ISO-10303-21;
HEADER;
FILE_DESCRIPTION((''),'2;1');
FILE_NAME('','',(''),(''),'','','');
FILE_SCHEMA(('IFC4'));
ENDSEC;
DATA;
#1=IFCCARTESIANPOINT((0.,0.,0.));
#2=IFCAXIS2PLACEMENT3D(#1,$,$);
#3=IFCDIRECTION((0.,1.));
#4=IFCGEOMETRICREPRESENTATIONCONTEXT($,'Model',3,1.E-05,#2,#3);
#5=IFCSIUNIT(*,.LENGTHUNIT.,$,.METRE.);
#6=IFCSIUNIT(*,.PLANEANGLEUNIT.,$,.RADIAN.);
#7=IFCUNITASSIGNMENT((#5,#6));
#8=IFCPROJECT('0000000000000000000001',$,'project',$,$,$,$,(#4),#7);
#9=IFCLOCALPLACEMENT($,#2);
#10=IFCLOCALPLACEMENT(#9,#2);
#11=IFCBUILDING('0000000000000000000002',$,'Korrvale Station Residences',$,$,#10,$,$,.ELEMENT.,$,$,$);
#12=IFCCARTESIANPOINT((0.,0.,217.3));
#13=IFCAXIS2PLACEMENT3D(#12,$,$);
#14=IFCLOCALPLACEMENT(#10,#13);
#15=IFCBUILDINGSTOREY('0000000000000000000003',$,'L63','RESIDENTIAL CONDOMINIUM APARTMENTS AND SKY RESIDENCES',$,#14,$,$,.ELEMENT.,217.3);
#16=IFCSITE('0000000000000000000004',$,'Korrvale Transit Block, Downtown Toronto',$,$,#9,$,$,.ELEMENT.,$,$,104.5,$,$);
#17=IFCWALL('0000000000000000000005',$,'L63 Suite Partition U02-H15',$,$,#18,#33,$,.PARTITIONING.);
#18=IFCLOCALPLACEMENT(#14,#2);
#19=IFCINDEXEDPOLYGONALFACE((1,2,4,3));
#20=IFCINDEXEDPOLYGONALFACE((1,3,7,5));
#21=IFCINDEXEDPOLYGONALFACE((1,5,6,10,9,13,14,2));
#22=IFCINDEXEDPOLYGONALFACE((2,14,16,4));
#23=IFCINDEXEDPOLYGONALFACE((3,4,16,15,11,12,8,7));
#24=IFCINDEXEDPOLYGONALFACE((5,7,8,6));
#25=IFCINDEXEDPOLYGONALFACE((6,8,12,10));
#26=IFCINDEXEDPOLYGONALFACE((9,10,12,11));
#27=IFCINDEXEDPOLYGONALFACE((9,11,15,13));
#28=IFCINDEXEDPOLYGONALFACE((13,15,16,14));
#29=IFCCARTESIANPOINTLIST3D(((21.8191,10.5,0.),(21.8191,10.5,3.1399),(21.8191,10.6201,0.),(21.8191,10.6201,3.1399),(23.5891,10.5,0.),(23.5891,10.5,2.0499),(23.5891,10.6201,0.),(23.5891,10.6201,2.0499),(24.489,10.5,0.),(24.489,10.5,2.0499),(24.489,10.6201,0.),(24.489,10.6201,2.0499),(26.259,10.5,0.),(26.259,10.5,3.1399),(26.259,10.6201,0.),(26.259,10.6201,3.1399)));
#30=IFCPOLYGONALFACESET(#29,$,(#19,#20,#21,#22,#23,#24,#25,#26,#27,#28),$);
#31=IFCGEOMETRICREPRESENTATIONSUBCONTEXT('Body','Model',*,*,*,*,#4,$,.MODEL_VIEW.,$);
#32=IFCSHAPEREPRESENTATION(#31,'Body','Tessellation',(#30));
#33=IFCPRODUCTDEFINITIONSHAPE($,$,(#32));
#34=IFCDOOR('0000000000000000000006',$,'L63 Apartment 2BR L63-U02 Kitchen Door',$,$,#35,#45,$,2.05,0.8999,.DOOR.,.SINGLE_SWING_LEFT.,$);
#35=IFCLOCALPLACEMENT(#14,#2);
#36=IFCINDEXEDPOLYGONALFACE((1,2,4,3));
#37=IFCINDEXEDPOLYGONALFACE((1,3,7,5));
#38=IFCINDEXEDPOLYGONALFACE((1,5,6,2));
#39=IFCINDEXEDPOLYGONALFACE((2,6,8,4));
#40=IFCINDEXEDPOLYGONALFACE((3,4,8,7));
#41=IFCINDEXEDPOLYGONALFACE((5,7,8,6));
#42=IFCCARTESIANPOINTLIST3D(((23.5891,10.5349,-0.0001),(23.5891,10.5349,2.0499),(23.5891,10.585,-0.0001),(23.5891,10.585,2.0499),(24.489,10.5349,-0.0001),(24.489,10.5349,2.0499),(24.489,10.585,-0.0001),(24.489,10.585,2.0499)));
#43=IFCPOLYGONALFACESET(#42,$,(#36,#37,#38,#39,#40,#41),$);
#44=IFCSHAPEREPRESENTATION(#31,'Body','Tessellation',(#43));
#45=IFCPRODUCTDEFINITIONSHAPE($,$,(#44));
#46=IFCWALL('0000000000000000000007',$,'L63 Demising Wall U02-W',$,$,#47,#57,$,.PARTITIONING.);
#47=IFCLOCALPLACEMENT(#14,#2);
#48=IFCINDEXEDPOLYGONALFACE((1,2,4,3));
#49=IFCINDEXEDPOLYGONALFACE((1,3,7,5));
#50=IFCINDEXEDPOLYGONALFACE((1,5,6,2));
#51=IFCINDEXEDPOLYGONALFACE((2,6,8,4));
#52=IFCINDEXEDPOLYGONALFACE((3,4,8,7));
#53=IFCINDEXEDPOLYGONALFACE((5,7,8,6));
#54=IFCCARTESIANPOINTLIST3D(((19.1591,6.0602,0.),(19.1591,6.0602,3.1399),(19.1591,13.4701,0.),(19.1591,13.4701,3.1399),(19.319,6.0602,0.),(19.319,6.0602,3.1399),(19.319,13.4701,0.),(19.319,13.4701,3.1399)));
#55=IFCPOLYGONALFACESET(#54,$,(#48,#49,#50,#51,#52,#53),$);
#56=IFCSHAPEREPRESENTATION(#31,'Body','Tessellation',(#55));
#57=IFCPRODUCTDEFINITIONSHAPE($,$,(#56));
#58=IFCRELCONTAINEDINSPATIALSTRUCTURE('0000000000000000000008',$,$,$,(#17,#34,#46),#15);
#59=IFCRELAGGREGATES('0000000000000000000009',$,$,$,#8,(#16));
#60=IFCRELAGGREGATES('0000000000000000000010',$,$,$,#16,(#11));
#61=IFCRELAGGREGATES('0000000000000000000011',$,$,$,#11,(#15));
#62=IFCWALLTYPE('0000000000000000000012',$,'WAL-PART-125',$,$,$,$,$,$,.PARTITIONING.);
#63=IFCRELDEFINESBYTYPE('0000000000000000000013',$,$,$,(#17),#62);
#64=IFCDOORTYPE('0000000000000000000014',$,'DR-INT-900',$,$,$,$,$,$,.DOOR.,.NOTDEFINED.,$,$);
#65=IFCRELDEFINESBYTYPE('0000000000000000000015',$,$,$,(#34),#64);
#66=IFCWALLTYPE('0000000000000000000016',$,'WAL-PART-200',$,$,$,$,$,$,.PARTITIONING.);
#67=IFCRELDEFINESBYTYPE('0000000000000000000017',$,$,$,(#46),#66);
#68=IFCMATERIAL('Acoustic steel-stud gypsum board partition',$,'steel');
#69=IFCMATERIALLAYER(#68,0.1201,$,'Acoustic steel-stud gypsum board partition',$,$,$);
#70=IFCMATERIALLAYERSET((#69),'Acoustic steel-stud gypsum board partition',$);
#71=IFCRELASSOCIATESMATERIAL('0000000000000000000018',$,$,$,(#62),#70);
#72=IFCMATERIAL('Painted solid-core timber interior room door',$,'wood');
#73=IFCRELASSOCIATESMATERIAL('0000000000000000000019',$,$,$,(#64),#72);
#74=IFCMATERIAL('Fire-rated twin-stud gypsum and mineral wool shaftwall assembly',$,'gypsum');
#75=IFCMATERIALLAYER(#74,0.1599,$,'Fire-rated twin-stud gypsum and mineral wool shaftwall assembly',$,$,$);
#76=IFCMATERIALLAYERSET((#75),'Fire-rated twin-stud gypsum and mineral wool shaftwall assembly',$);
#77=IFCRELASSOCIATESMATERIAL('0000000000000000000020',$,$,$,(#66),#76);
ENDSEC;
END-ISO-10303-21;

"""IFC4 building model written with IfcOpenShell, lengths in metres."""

from ifc_helpers import new_model, si_unit, direction, frame, frame_2d, origin, place, context, subcontext, project, spatial, rectangle, extrude, material, layer, layer_set, type_object, element, fill, save


model = new_model("IFC4")

# Units and contexts
model_context = context("Model", 3, precision=1e-05, world=origin(), true_north=direction((0.0, 1.0)))
body_context = subcontext(model_context, "Body", "Model", "MODEL_VIEW")
ifc_project = project(units=[si_unit("LENGTHUNIT", "METRE"), si_unit("PLANEANGLEUNIT", "RADIAN")], contexts=[model_context])

# Site, building, storey
site_placement = place(None, origin())
site = spatial("IfcSite", under=ifc_project, at=site_placement, Name="Korrvale Transit Block, Downtown Toronto", CompositionType="ELEMENT", RefElevation=104.5)
building_placement = place(site_placement, origin())
building = spatial("IfcBuilding", under=site, at=building_placement, Name="Korrvale Station Residences", CompositionType="ELEMENT")
storey_placement = place(building_placement, frame((0.0, 0.0, 217.3)))
storey = spatial("IfcBuildingStorey", under=building, at=storey_placement, Name="L63", Description="RESIDENTIAL CONDOMINIUM APARTMENTS AND SKY RESIDENCES", CompositionType="ELEMENT", Elevation=217.3)

# Shared definitions
ifc_material_1 = material(Name="Acoustic steel-stud gypsum board partition", Category="steel")
ifc_layer_1 = layer(ifc_material_1, 0.1201, Name="Acoustic steel-stud gypsum board partition")
ifc_layer_set_1 = layer_set([ifc_layer_1], Name="Acoustic steel-stud gypsum board partition")
wall_type_1 = type_object("IfcWallType", Name="WAL-PART-125", PredefinedType="PARTITIONING", material=ifc_layer_set_1)

# Wall, opening, door
wall_1_placement = place(storey_placement, frame((21.8191, 10.5601, 0.0), z_axis=(0.0, 0.0, 1.0), x_axis=(1.0, 0.0, 0.0)))
wall_1 = element("IfcWall", 1, at=wall_1_placement, inside=storey, type_object=wall_type_1, Name="L63 Suite Partition U02-H15", PredefinedType="PARTITIONING", context=body_context, shape_type="SweptSolid", body=[
    extrude(rectangle(XDim=4.4399, YDim=0.1201, at=frame_2d((2.22, 0.0))), origin(), (0.0, 0.0, 1.0), 3.1399),
])
opening_1_placement = place(wall_1_placement, frame((1.77, 0.0, 0.0)))
opening_1 = element("IfcOpeningElement", 2, at=opening_1_placement, cuts=wall_1, PredefinedType="OPENING", context=body_context, shape_type="SweptSolid", body=[
    extrude(rectangle(XDim=0.8999, YDim=2.05, at=frame_2d((0.45, 1.0249))), frame((0.0, 0.0701, 0.0), z_axis=(0.0, -1.0, 0.0), x_axis=(1.0, 0.0, 0.0)), (0.0, 0.0, 1.0), 0.1401),
])
ifc_material_2 = material(Name="Painted solid-core timber interior room door", Category="wood")
door_type_1 = type_object("IfcDoorType", Name="DR-INT-900", OperationType="NOTDEFINED", PredefinedType="DOOR", material=ifc_material_2)
door_1_placement = place(opening_1_placement, origin())
door_1 = element("IfcDoor", 3, at=door_1_placement, inside=storey, type_object=door_type_1, Name="L63 Apartment 2BR L63-U02 Kitchen Door", OperationType="SINGLE_SWING_LEFT", OverallHeight=2.05, OverallWidth=0.8999, PredefinedType="DOOR", context=body_context, shape_type="SweptSolid", body=[
    extrude(rectangle(XDim=0.8999, YDim=2.05, at=frame_2d((0.45, 1.0249))), frame((0.0, 0.0249, 0.0), z_axis=(0.0, -1.0, 0.0), x_axis=(1.0, 0.0, 0.0)), (0.0, 0.0, 1.0), 0.05),
])
fill(opening_1, door_1)

# Wall
ifc_material_3 = material(Name="Fire-rated twin-stud gypsum and mineral wool shaftwall assembly", Category="gypsum")
ifc_layer_2 = layer(ifc_material_3, 0.1599, Name="Fire-rated twin-stud gypsum and mineral wool shaftwall assembly")
ifc_layer_set_2 = layer_set([ifc_layer_2], Name="Fire-rated twin-stud gypsum and mineral wool shaftwall assembly")
wall_type_2 = type_object("IfcWallType", Name="WAL-PART-200", PredefinedType="PARTITIONING", material=ifc_layer_set_2)
wall_2_placement = place(storey_placement, frame((19.239, 6.0601, 0.0), z_axis=(0.0, 0.0, 1.0), x_axis=(0.0, 1.0, 0.0)))
element("IfcWall", 4, at=wall_2_placement, inside=storey, type_object=wall_type_2, Name="L63 Demising Wall U02-W", PredefinedType="PARTITIONING", context=body_context, shape_type="SweptSolid", body=[
    extrude(rectangle(XDim=7.4099, YDim=0.1599, at=frame_2d((3.7051, 0.0))), origin(), (0.0, 0.0, 1.0), 3.1399),
])

save(model, "model.ifc")
